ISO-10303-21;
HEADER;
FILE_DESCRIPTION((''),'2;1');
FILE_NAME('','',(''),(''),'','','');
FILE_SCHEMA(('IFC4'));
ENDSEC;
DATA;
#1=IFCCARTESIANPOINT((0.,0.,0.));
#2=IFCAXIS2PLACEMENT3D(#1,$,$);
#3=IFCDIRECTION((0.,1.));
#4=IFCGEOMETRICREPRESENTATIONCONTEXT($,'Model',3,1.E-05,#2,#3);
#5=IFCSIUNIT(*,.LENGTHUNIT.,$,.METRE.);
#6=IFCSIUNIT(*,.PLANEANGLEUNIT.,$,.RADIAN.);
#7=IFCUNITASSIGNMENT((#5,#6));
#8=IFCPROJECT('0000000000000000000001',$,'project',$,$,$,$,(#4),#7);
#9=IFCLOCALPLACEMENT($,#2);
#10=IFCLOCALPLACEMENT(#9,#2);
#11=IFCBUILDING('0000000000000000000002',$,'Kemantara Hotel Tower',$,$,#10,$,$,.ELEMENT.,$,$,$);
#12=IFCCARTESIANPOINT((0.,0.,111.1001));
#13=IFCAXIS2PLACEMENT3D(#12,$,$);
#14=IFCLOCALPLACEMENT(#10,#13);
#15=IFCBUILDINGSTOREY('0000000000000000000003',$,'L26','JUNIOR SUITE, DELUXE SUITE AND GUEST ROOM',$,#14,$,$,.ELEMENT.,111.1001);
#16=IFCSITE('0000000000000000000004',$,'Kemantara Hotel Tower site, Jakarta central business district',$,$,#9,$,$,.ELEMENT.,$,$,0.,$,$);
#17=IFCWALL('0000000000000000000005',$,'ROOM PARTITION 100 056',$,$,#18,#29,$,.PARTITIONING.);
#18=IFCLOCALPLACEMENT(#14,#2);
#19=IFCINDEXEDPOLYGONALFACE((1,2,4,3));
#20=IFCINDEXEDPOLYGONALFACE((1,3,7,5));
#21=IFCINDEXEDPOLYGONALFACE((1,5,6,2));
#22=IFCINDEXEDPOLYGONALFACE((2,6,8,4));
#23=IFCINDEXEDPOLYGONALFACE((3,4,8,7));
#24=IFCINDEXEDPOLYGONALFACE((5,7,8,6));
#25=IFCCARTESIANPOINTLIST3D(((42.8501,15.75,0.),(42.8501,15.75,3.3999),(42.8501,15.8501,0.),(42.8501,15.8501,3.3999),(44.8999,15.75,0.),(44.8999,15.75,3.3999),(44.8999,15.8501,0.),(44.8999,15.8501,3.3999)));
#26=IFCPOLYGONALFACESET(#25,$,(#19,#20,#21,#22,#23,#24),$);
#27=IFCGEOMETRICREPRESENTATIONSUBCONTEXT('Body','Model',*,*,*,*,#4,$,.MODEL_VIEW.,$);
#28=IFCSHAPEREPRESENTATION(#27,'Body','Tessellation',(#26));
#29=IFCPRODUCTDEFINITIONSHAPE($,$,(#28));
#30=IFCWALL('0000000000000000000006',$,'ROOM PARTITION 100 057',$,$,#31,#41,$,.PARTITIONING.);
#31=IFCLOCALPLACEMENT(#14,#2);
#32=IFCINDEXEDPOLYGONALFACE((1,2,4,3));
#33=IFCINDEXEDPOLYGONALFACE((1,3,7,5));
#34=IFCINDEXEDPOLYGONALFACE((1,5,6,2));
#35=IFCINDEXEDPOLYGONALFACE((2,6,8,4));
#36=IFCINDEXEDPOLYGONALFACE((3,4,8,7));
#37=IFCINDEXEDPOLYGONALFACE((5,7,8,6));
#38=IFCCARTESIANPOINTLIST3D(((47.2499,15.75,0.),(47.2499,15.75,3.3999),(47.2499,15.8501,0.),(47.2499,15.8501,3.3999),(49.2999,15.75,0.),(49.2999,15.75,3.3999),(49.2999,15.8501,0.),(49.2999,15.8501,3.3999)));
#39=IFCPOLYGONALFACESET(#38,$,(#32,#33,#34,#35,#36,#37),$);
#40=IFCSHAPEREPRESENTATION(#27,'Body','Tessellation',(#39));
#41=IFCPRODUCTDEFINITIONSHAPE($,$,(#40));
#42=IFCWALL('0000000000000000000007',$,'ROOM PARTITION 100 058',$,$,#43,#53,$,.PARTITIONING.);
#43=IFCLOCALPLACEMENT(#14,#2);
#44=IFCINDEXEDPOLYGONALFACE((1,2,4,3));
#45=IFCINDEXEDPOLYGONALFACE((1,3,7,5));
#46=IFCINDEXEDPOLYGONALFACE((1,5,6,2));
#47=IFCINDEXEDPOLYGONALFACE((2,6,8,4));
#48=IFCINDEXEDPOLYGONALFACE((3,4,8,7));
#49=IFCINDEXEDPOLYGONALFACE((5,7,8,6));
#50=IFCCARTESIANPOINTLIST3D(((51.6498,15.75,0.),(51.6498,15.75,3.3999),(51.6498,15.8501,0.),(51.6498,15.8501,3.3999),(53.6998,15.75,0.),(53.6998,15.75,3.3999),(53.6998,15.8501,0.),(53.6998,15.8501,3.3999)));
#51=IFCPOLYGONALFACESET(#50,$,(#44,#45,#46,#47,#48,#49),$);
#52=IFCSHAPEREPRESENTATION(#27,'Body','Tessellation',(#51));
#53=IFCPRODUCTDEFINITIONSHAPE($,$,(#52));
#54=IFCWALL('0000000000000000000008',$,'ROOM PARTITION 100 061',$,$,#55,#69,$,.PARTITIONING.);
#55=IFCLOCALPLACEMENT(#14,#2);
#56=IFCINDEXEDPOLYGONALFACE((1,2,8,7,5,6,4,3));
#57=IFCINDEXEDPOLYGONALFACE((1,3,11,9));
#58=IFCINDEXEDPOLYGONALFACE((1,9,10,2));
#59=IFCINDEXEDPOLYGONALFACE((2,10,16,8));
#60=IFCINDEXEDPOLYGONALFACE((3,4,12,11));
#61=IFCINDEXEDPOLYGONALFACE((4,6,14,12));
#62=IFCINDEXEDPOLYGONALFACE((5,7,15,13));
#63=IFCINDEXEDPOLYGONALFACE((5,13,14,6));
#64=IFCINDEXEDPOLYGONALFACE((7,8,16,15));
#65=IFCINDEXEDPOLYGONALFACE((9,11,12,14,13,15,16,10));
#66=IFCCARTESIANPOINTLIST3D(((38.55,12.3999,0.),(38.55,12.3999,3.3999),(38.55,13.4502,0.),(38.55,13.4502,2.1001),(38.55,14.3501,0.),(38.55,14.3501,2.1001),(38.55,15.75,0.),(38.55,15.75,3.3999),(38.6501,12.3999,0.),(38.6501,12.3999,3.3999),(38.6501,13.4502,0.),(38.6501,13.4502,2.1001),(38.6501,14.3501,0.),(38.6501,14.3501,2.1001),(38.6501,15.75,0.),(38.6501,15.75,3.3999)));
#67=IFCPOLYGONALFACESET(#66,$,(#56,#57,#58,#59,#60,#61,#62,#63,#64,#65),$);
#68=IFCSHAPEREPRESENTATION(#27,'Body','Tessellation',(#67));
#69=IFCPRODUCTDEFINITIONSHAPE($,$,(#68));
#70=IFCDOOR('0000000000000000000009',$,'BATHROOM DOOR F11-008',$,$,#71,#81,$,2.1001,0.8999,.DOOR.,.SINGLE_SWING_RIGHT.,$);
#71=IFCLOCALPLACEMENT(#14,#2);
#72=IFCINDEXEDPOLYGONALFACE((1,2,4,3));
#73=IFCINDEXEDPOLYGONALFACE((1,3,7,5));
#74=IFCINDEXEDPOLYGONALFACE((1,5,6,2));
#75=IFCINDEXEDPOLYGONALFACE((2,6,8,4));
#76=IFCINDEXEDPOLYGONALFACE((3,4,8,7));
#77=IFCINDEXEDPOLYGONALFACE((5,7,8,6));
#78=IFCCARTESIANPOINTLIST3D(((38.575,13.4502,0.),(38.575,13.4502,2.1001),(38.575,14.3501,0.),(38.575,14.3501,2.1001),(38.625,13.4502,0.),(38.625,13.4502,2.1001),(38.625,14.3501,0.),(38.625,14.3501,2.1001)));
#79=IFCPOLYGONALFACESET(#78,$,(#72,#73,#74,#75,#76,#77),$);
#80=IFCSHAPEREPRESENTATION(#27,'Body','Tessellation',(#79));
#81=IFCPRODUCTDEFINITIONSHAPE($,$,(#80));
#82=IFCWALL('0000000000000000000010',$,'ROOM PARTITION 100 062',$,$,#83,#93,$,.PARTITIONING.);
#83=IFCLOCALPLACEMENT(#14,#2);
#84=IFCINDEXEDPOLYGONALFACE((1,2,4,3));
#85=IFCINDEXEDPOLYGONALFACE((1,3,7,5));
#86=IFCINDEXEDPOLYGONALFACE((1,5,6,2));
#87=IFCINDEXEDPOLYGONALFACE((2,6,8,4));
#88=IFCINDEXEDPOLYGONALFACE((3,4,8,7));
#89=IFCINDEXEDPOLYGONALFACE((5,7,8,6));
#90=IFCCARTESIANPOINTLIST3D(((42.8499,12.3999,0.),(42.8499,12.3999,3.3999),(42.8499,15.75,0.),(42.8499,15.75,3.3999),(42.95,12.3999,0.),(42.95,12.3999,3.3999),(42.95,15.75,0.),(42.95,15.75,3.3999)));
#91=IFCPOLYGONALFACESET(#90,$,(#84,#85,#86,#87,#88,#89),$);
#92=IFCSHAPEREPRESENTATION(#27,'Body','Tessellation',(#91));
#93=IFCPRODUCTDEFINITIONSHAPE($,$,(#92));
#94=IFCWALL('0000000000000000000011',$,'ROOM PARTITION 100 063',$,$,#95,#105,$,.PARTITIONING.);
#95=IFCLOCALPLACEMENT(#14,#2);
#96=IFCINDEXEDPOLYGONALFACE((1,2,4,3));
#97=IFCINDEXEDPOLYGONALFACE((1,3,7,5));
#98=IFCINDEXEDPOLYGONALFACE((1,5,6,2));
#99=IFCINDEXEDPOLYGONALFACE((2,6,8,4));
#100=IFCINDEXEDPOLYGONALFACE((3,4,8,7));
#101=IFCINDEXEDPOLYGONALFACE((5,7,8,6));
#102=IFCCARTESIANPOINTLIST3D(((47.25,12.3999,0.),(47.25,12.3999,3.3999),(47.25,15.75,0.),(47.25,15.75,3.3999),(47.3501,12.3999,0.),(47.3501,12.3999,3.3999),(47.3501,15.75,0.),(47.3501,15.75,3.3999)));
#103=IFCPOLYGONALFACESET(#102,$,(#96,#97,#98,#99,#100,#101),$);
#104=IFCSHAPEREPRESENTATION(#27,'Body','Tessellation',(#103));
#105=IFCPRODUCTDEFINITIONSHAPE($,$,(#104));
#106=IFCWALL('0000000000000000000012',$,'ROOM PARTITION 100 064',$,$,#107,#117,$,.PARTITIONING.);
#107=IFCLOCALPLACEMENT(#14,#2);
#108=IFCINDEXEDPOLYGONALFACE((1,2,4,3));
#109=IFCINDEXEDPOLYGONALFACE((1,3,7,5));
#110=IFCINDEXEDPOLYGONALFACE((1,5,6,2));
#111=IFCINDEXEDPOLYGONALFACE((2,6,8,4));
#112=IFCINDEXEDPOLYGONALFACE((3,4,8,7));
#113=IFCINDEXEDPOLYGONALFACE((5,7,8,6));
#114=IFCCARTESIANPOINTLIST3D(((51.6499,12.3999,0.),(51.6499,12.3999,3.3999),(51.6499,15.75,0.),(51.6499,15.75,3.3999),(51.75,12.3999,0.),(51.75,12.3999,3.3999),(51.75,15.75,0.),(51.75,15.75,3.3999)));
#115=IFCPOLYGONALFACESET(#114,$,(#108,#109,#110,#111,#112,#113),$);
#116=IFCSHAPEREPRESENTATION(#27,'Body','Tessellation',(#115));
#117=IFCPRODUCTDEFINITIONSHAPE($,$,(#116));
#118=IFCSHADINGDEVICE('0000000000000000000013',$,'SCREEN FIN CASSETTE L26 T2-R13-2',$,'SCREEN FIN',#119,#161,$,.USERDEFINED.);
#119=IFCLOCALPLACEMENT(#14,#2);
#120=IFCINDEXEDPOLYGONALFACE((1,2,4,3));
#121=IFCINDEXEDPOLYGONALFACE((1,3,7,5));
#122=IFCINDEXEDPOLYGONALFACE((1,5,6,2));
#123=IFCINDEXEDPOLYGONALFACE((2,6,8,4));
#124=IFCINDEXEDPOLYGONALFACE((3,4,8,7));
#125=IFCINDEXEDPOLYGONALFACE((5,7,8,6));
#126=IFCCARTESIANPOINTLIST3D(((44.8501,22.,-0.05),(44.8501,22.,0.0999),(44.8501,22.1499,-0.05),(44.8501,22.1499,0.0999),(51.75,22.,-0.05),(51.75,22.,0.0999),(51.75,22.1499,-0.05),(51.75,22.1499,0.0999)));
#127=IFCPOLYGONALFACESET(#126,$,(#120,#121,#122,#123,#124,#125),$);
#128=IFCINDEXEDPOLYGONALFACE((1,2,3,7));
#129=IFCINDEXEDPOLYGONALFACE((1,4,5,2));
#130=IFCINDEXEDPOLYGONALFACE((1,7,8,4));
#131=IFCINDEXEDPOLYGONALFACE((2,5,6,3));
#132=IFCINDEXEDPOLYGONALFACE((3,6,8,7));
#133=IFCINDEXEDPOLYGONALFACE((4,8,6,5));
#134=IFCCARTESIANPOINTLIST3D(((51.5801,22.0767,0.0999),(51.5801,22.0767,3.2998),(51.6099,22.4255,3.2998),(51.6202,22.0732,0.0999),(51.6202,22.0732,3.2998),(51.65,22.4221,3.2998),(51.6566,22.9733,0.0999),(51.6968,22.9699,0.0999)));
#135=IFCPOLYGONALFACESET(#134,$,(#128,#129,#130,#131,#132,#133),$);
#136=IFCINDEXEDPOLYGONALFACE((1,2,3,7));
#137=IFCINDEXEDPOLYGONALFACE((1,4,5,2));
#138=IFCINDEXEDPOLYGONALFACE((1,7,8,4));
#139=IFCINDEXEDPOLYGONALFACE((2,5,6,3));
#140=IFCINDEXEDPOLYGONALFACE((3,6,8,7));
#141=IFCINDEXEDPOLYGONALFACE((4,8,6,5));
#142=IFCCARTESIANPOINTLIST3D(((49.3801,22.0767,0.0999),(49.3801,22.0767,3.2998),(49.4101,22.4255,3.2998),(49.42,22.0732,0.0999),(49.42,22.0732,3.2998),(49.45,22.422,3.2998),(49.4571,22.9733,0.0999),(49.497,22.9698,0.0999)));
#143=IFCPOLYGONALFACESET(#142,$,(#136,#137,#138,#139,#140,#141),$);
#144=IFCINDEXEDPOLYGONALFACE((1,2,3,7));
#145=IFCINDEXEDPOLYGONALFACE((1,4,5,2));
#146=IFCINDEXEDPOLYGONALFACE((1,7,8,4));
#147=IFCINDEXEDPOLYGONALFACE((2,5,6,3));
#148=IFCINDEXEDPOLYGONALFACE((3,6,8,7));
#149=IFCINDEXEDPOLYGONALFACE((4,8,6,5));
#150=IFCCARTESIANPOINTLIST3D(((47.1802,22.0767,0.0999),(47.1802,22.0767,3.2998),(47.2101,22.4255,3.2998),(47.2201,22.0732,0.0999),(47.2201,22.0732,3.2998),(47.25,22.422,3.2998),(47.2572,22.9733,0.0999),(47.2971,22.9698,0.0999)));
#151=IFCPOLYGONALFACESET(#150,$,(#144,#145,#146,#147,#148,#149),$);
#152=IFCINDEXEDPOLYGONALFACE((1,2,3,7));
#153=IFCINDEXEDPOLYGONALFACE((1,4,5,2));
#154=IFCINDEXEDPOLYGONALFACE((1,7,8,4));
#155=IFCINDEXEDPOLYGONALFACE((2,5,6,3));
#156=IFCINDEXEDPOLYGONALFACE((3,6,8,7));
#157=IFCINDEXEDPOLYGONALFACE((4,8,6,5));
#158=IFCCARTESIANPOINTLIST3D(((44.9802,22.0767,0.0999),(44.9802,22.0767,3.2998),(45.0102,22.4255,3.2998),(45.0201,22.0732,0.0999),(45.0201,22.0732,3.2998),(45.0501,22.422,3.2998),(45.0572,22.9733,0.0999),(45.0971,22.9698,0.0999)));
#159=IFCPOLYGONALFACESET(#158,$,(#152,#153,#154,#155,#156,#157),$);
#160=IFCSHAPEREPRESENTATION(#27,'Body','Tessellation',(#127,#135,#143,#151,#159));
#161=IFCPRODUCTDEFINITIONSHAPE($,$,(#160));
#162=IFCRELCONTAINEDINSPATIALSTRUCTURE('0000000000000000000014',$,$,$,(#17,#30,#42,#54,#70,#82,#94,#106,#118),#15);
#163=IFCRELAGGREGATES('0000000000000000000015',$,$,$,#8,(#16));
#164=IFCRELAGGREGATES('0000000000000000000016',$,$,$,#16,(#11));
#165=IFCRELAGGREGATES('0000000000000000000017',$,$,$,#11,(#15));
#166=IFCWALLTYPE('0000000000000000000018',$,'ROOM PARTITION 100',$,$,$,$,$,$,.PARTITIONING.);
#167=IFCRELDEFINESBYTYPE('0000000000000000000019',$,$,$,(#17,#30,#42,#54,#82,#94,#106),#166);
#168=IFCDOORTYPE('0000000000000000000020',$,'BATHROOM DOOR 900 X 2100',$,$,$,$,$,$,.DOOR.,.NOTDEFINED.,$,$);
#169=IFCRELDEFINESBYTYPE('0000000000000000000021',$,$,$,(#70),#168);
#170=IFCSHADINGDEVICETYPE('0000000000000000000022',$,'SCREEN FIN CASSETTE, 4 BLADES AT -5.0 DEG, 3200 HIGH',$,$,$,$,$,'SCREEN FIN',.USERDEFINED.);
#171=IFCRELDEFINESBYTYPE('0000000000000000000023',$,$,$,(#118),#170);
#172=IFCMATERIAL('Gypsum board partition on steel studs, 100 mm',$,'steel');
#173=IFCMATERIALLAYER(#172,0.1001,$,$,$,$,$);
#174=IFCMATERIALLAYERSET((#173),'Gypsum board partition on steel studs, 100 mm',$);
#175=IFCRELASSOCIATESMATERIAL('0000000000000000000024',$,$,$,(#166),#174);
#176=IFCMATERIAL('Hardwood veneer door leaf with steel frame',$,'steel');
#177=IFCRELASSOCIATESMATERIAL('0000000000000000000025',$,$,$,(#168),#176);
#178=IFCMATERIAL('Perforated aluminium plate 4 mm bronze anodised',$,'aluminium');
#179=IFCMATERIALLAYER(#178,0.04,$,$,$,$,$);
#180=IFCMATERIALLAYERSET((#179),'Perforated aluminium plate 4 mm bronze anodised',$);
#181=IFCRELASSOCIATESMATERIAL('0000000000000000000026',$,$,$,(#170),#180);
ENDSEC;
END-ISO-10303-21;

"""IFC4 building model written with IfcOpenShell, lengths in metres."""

from ifc_helpers import new_model, si_unit, direction, frame, frame_2d, origin, origin_2d, place, context, subcontext, project, spatial, polyline, rectangle, outline, extrude, source, transform, mapped, material, layer, layer_set, type_object, element, fill, save


model = new_model("IFC4")

# Units and contexts
model_context = context("Model", 3, precision=1e-05, world=origin(), true_north=direction((0.0, 1.0)))
body_context = subcontext(model_context, "Body", "Model", "MODEL_VIEW")
ifc_project = project(units=[si_unit("LENGTHUNIT", "METRE"), si_unit("PLANEANGLEUNIT", "RADIAN")], contexts=[model_context])

# Site, building, storey
site_placement = place(None, origin())
site = spatial("IfcSite", under=ifc_project, at=site_placement, Name="Kemantara Hotel Tower site, Jakarta central business district", CompositionType="ELEMENT", RefElevation=0.0)
building_placement = place(site_placement, origin())
building = spatial("IfcBuilding", under=site, at=building_placement, Name="Kemantara Hotel Tower", CompositionType="ELEMENT")
storey_placement = place(building_placement, frame((0.0, 0.0, 111.1001)))
storey = spatial("IfcBuildingStorey", under=building, at=storey_placement, Name="L26", Description="JUNIOR SUITE, DELUXE SUITE AND GUEST ROOM", CompositionType="ELEMENT", Elevation=111.1001)

# Walls
ifc_material_1 = material(Name="Gypsum board partition on steel studs, 100 mm", Category="steel")
ifc_layer_1 = layer(ifc_material_1, 0.1001)
ifc_layer_set_1 = layer_set([ifc_layer_1], Name="Gypsum board partition on steel studs, 100 mm")
wall_type_1 = type_object("IfcWallType", Name="ROOM PARTITION 100", PredefinedType="PARTITIONING", material=ifc_layer_set_1)
wall_1_placement = place(storey_placement, frame((42.8501, 15.8, 0.0), z_axis=(0.0, 0.0, 1.0), x_axis=(1.0, 0.0, 0.0)))
element("IfcWall", 1, at=wall_1_placement, inside=storey, type_object=wall_type_1, Name="ROOM PARTITION 100 056", PredefinedType="PARTITIONING", context=body_context, shape_type="SweptSolid", body=[
    extrude(rectangle(XDim=2.0498, YDim=0.1001, at=frame_2d((1.0249, 0.0))), origin(), (0.0, 0.0, 1.0), 3.3999),
])
for number, where, z_axis, x_axis, name in (
    (2, (47.25, 15.8, 0.0), (0.0, 0.0, 1.0), (1.0, 0.0, 0.0), "ROOM PARTITION 100 057"),
    (3, (51.6499, 15.8, 0.0), (0.0, 0.0, 1.0), (1.0, 0.0, 0.0), "ROOM PARTITION 100 058"),
):
    element("IfcWall", number, at=place(storey_placement, frame(where, z_axis=z_axis, x_axis=x_axis)), inside=storey, type_object=wall_type_1, Name=name, PredefinedType="PARTITIONING", context=body_context, shape_type="SweptSolid", body=[
        extrude(rectangle(XDim=2.05, YDim=0.1001, at=frame_2d((1.0249, 0.0))), origin(), (0.0, 0.0, 1.0), 3.3999),
    ])

# Wall, opening, door
wall_2_placement = place(storey_placement, frame((38.6001, 15.75, 0.0), z_axis=(0.0, 0.0, 1.0), x_axis=(0.0, -1.0, 0.0)))
wall_2 = element("IfcWall", 4, at=wall_2_placement, inside=storey, type_object=wall_type_1, Name="ROOM PARTITION 100 061", PredefinedType="PARTITIONING", context=body_context, shape_type="SweptSolid", body=[
    extrude(rectangle(XDim=3.3501, YDim=0.1001, at=frame_2d((1.675, 0.0))), origin(), (0.0, 0.0, 1.0), 3.3999),
])
opening_placement = place(wall_2_placement, frame((1.3999, 0.0, 0.0)))
opening = element("IfcOpeningElement", 5, at=opening_placement, cuts=wall_2, PredefinedType="OPENING", context=body_context, shape_type="SweptSolid", body=[
    extrude(rectangle(XDim=0.8999, YDim=2.1001, at=frame_2d((0.45, 1.05))), frame((0.0, 0.0601, 0.0), z_axis=(0.0, -1.0, 0.0), x_axis=(1.0, 0.0, 0.0)), (0.0, 0.0, 1.0), 0.1201),
])
ifc_material_2 = material(Name="Hardwood veneer door leaf with steel frame", Category="steel")
door_type = type_object("IfcDoorType", Name="BATHROOM DOOR 900 X 2100", OperationType="NOTDEFINED", PredefinedType="DOOR", material=ifc_material_2)
door_placement = place(opening_placement, origin())
door = element("IfcDoor", 6, at=door_placement, inside=storey, type_object=door_type, Name="BATHROOM DOOR F11-008", OperationType="SINGLE_SWING_RIGHT", OverallHeight=2.1001, OverallWidth=0.8999, PredefinedType="DOOR", context=body_context, shape_type="SweptSolid", body=[
    extrude(rectangle(XDim=0.8999, YDim=2.1001, at=frame_2d((0.45, 1.05))), frame((0.0, 0.0249, 0.0), z_axis=(0.0, -1.0, 0.0), x_axis=(1.0, 0.0, 0.0)), (0.0, 0.0, 1.0), 0.05),
])
fill(opening, door)

# Walls
for number, where, z_axis, x_axis, name in (
    (7, (42.8999, 12.3999, 0.0), (0.0, 0.0, 1.0), (0.0, 1.0, 0.0), "ROOM PARTITION 100 062"),
    (8, (47.3, 12.3999, 0.0), (0.0, 0.0, 1.0), (0.0, 1.0, 0.0), "ROOM PARTITION 100 063"),
    (9, (51.7, 12.3999, 0.0), (0.0, 0.0, 1.0), (0.0, 1.0, 0.0), "ROOM PARTITION 100 064"),
):
    element("IfcWall", number, at=place(storey_placement, frame(where, z_axis=z_axis, x_axis=x_axis)), inside=storey, type_object=wall_type_1, Name=name, PredefinedType="PARTITIONING", context=body_context, shape_type="SweptSolid", body=[
        extrude(rectangle(XDim=3.3501, YDim=0.1001, at=frame_2d((1.675, 0.0))), origin(), (0.0, 0.0, 1.0), 3.3999),
    ])

# Shading device
ifc_material_3 = material(Name="Perforated aluminium plate 4 mm bronze anodised", Category="aluminium")
ifc_layer_2 = layer(ifc_material_3, 0.04)
ifc_layer_set_2 = layer_set([ifc_layer_2], Name="Perforated aluminium plate 4 mm bronze anodised")
shading_device_type_1 = type_object("IfcShadingDeviceType", Name="SCREEN FIN CASSETTE, 4 BLADES AT -5.0 DEG, 3200 HIGH", ElementType="SCREEN FIN", PredefinedType="USERDEFINED", material=ifc_layer_set_2)
shared_shape_1 = source(origin(), body_context, "Body", "SweptSolid", [
    extrude(rectangle(XDim=6.8999, YDim=0.1499, at=origin_2d()), frame((3.3, -0.075, -0.1499), z_axis=(0.0, 0.0, 1.0), x_axis=(1.0, 0.0, 0.0)), (0.0, 0.0, 1.0), 0.1499),
    extrude(outline(polyline([(0.0, 0.0), (0.8999, 0.0), (0.3501, 3.2), (0.0, 3.2), (0.0, 0.0)])), frame((0.02, -0.0767, 0.0), z_axis=(-0.996376, 0.085056, 0.0), x_axis=(-0.085056, -0.996376, 0.0)), (0.0, 0.0, 1.0), 0.0403),
    extrude(outline(polyline([(0.0, 0.0), (0.8999, 0.0), (0.3501, 3.2), (0.0, 3.2), (0.0, 0.0)])), frame((2.22, -0.0767, 0.0), z_axis=(-0.996332, 0.085575, 0.0), x_axis=(-0.085575, -0.996332, 0.0)), (0.0, 0.0, 1.0), 0.04),
    extrude(outline(polyline([(0.0, 0.0), (0.8999, 0.0), (0.3501, 3.2), (0.0, 3.2), (0.0, 0.0)])), frame((4.4199, -0.0767, 0.0), z_axis=(-0.996332, 0.085575, 0.0), x_axis=(-0.085575, -0.996332, 0.0)), (0.0, 0.0, 1.0), 0.04),
    extrude(outline(polyline([(0.0, 0.0), (0.8999, 0.0), (0.3501, 3.2), (0.0, 3.2), (0.0, 0.0)])), frame((6.6199, -0.0767, 0.0), z_axis=(-0.996332, 0.085575, 0.0), x_axis=(-0.085575, -0.996332, 0.0)), (0.0, 0.0, 1.0), 0.04),
])
shading_device_1_placement = place(storey_placement, frame((51.6001, 22.0, 0.0999), z_axis=(0.0, 0.0, 1.0), x_axis=(-1.0, 0.0, 0.0)))
element("IfcShadingDevice", 10, at=shading_device_1_placement, inside=storey, type_object=shading_device_type_1, Name="SCREEN FIN CASSETTE L26 T2-R13-2", ObjectType="SCREEN FIN", PredefinedType="USERDEFINED", context=body_context, shape_type="MappedRepresentation", body=[
    mapped(shared_shape_1, transform((0.0, 0.0, 0.0))),
])

save(model, "model.ifc")
